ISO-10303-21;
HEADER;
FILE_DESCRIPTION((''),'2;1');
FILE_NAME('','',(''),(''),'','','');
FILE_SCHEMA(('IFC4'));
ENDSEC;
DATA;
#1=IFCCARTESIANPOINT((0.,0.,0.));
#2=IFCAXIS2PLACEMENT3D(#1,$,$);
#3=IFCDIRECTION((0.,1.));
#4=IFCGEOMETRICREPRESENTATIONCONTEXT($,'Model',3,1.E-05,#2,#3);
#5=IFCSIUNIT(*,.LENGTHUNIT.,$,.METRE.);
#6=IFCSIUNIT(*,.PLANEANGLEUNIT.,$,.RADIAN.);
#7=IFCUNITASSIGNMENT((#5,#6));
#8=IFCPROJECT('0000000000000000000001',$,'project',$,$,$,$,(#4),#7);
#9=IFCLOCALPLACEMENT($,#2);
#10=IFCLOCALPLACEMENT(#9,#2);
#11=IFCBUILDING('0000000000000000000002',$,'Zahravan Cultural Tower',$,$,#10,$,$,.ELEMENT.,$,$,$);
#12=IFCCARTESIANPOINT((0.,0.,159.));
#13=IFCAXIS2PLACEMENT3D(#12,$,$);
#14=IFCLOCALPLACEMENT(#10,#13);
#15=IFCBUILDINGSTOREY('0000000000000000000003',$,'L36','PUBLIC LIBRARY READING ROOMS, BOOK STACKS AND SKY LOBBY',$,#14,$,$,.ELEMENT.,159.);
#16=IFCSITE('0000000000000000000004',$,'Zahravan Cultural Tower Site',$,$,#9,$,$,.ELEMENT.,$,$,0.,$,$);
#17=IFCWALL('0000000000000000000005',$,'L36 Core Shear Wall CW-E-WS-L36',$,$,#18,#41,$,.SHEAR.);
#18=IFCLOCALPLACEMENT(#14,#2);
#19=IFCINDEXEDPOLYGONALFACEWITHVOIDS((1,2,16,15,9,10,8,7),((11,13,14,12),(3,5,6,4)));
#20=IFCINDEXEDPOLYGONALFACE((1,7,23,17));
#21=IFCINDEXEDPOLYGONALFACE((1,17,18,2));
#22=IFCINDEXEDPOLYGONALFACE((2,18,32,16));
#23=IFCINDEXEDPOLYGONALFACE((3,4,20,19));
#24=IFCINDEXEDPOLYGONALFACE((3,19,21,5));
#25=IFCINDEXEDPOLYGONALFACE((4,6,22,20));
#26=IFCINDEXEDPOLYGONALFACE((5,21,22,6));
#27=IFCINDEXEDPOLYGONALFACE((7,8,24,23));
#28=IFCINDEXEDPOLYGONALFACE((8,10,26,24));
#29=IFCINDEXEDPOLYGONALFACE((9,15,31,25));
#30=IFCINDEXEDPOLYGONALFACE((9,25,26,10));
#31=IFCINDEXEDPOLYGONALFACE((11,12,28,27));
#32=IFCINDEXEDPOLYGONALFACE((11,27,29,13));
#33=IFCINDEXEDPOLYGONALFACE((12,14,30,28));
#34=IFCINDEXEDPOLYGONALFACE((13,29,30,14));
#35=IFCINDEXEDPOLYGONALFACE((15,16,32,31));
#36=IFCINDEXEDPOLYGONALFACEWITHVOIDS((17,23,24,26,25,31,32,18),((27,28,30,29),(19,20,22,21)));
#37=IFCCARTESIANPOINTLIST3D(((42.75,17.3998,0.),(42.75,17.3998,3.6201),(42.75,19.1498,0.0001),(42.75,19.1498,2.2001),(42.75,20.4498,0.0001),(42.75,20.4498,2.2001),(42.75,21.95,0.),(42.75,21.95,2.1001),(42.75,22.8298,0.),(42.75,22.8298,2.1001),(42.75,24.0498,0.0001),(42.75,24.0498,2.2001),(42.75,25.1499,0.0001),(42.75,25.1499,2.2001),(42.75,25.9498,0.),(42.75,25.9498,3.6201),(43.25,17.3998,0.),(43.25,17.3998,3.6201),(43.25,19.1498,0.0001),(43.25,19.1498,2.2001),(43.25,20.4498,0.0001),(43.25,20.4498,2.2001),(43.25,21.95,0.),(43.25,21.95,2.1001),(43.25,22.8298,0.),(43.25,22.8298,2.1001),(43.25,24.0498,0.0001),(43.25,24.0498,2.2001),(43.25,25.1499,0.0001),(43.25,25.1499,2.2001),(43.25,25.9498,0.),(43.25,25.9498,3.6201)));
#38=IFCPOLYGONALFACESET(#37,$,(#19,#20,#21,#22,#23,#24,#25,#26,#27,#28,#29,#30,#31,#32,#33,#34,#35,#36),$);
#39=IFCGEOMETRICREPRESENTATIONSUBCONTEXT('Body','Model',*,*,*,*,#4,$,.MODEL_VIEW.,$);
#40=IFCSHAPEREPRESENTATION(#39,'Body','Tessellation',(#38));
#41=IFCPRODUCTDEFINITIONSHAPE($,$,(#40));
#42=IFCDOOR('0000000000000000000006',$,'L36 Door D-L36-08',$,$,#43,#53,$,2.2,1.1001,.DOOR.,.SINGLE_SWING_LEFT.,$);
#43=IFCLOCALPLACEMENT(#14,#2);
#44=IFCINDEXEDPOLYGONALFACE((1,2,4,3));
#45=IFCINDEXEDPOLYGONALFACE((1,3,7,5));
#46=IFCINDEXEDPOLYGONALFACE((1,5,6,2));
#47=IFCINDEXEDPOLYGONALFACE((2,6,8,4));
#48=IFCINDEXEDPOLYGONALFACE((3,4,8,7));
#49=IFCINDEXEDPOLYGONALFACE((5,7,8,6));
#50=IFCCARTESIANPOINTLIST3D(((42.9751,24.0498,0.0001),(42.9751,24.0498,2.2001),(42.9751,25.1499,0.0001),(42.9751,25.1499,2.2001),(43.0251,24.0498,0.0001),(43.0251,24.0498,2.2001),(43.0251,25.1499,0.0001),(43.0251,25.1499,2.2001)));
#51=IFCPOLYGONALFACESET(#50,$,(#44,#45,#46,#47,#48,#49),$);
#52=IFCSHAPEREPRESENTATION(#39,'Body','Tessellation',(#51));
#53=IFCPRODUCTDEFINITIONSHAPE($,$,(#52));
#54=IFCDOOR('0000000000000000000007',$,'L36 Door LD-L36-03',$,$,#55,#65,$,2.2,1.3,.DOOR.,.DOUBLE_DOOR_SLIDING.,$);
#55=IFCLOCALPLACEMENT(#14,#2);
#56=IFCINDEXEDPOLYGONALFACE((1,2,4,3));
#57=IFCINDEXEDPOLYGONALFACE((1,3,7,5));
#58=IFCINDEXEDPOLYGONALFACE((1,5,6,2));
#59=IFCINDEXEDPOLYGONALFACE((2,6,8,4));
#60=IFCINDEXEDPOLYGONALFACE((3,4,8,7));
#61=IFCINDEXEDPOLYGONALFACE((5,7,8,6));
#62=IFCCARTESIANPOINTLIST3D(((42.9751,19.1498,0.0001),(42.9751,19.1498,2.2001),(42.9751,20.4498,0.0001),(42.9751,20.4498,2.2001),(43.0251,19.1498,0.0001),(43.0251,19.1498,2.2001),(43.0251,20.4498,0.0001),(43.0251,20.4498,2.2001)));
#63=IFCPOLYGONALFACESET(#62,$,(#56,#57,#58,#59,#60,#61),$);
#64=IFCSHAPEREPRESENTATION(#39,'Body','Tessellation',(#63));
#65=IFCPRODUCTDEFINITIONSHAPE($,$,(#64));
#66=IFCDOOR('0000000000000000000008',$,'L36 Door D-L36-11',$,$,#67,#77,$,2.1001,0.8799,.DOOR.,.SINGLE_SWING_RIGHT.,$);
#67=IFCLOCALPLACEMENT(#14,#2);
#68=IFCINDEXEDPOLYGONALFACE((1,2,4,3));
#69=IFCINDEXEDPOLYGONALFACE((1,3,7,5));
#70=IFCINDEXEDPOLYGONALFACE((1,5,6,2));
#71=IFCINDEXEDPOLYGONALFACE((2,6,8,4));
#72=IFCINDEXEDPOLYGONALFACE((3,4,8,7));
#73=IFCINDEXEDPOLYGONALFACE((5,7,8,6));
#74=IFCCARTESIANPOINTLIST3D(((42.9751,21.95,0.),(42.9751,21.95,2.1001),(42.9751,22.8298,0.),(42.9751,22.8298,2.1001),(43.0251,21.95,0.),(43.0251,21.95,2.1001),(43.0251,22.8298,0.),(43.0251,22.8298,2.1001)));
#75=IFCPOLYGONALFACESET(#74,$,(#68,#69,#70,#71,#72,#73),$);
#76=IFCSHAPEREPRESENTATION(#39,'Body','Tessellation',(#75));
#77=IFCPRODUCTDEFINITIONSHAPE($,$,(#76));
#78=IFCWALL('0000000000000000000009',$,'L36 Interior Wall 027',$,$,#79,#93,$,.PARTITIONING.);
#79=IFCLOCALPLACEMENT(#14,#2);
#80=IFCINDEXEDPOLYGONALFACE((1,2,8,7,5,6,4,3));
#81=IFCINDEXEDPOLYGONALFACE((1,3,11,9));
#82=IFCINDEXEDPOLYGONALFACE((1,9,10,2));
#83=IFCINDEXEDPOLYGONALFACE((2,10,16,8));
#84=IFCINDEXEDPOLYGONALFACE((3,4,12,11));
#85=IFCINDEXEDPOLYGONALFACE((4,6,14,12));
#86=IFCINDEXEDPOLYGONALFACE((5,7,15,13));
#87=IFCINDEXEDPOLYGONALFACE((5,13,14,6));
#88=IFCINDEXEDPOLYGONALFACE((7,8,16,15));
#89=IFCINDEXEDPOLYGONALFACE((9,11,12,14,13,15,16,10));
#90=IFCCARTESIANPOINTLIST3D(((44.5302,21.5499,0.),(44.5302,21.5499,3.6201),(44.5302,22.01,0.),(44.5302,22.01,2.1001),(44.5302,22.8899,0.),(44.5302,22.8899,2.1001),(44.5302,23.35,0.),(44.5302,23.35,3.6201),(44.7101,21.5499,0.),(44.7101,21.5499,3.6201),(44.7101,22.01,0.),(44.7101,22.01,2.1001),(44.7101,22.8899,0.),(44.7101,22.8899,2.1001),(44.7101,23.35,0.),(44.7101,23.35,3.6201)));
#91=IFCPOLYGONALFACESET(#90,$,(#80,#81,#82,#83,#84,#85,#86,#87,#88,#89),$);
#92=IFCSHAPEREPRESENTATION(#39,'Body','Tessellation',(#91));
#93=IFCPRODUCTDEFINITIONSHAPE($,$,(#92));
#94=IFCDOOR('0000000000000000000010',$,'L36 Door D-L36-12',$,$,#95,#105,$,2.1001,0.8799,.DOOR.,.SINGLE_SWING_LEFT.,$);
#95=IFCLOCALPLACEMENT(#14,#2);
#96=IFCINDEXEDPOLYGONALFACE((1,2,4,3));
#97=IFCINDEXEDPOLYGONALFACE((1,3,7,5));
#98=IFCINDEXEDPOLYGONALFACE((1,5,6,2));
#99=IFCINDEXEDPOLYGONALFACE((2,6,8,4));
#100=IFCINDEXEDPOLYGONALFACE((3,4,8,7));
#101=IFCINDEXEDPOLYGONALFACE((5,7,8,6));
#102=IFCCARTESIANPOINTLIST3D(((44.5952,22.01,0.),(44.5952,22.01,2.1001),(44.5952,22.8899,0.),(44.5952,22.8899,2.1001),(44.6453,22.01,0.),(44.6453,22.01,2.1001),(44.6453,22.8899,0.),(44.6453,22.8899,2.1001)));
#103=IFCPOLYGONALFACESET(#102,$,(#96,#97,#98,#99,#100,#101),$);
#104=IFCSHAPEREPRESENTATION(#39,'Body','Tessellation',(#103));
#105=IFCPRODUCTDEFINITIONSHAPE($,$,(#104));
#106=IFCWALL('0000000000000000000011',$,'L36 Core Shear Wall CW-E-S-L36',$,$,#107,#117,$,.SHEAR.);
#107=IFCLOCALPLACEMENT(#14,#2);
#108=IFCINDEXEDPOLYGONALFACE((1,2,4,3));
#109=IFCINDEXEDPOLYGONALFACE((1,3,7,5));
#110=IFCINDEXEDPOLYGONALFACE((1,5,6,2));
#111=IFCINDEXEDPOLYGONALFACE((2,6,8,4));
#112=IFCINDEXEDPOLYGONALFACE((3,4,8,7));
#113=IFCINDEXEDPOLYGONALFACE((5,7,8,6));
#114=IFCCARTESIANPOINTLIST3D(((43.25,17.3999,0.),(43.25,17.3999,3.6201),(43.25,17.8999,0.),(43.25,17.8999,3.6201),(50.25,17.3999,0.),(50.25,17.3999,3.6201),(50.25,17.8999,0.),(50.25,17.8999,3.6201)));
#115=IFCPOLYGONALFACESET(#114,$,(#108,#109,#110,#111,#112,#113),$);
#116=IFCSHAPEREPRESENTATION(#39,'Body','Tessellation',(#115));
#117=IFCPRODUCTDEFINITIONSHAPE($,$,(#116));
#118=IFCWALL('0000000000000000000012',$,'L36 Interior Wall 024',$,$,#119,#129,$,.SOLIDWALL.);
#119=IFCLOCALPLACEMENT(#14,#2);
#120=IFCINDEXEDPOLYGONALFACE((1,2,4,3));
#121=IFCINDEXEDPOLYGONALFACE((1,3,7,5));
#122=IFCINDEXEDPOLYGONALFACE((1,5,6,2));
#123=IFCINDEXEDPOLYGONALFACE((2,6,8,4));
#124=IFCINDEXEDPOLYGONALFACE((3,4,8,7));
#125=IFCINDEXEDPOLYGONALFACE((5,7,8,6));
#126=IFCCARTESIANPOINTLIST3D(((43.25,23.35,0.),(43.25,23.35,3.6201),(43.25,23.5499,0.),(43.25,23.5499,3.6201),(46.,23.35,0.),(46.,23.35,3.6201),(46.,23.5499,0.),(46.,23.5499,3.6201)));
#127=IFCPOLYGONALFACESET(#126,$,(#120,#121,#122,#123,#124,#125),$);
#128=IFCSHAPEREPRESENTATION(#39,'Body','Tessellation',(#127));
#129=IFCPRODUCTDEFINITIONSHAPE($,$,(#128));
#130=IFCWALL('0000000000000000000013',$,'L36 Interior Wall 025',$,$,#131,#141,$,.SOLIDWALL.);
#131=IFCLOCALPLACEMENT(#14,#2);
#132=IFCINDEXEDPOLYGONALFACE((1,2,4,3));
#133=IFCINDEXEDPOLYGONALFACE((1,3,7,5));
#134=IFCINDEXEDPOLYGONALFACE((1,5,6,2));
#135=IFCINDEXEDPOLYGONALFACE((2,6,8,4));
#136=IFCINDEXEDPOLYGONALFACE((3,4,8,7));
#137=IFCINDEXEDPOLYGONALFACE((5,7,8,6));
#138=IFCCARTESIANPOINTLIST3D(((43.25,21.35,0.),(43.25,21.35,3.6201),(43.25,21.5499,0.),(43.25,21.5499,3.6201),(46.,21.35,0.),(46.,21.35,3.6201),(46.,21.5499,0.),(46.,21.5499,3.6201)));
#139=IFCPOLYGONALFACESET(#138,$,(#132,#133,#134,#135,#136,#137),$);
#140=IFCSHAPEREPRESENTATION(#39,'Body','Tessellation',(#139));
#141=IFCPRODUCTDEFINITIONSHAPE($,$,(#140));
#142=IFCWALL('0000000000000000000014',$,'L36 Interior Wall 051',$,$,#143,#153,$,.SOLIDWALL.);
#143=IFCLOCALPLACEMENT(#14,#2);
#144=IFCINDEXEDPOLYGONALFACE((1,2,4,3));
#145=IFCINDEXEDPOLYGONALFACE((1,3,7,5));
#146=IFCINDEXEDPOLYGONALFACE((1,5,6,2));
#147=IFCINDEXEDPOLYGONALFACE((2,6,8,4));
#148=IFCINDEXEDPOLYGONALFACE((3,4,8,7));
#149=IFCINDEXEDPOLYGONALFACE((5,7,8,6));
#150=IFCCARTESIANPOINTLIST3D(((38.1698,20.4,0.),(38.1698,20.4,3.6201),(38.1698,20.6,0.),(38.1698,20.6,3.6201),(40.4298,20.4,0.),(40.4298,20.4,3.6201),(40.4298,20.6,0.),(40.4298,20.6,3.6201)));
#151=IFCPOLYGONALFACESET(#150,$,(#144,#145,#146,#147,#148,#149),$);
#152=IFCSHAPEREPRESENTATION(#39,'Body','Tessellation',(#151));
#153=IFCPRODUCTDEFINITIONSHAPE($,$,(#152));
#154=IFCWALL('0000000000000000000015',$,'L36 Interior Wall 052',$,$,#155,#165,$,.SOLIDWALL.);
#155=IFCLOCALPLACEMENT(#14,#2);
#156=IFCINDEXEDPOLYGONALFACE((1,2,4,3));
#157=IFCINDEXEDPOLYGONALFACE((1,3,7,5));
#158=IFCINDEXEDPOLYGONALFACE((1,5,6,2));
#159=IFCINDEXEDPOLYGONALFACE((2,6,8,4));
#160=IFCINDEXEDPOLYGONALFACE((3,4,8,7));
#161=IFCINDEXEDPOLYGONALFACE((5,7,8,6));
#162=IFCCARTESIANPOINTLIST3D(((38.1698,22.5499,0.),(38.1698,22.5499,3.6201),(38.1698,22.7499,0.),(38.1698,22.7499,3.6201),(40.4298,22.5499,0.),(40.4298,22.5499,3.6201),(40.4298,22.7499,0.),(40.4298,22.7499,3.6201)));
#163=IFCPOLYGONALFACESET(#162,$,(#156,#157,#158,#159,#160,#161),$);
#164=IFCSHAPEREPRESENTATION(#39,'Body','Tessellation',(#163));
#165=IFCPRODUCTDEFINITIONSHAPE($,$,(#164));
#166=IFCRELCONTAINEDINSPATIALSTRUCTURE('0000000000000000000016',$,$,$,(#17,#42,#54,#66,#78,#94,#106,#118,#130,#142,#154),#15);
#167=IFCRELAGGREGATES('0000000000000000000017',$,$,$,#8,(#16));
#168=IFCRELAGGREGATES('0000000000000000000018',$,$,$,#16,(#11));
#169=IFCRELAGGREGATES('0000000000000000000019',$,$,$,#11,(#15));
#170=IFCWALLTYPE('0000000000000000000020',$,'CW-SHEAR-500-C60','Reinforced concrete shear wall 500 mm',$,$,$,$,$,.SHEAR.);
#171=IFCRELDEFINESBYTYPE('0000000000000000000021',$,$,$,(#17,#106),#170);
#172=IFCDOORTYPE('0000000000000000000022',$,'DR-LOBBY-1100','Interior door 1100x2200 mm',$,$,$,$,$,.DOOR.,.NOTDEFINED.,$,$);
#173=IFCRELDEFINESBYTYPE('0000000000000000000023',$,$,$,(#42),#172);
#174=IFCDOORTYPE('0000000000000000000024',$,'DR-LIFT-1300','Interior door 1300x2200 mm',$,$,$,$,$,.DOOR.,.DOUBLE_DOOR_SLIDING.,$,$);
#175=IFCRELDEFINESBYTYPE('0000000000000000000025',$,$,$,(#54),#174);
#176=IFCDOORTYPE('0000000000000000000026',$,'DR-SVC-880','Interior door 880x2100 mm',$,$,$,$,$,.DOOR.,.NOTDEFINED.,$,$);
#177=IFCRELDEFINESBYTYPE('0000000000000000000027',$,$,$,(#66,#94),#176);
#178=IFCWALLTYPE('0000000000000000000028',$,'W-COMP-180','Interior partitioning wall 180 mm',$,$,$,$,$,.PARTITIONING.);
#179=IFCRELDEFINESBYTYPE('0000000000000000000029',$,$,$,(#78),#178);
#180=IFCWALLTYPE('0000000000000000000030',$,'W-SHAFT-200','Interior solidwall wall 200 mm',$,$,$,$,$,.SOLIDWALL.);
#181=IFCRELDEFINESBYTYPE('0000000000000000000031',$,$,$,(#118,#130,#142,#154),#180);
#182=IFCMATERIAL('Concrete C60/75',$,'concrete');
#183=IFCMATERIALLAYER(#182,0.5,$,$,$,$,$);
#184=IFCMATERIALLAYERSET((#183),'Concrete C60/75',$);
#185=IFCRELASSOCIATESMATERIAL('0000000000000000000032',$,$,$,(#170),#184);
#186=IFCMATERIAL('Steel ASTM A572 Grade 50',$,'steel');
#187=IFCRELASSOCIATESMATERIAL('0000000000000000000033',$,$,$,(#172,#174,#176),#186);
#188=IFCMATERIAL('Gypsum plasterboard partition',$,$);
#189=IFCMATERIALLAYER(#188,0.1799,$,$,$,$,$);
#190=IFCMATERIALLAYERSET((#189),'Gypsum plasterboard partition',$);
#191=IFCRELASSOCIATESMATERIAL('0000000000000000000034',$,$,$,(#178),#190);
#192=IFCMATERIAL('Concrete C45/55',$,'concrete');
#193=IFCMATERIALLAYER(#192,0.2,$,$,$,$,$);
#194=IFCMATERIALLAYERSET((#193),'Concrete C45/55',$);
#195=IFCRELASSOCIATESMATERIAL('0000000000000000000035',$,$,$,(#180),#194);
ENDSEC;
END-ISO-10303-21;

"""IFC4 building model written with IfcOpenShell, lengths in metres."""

from ifc_helpers import new_model, si_unit, direction, frame, frame_2d, origin, place, context, subcontext, project, spatial, rectangle, extrude, source, transform, mapped, material, layer, layer_set, type_object, element, fill, save


model = new_model("IFC4")

# Units and contexts
model_context = context("Model", 3, precision=1e-05, world=origin(), true_north=direction((0.0, 1.0)))
body_context = subcontext(model_context, "Body", "Model", "MODEL_VIEW")
ifc_project = project(units=[si_unit("LENGTHUNIT", "METRE"), si_unit("PLANEANGLEUNIT", "RADIAN")], contexts=[model_context])

# Site, building, storey
site_placement = place(None, origin())
site = spatial("IfcSite", under=ifc_project, at=site_placement, Name="Zahravan Cultural Tower Site", CompositionType="ELEMENT", RefElevation=0.0)
building_placement = place(site_placement, origin())
building = spatial("IfcBuilding", under=site, at=building_placement, Name="Zahravan Cultural Tower", CompositionType="ELEMENT")
storey_placement = place(building_placement, frame((0.0, 0.0, 159.0)))
storey = spatial("IfcBuildingStorey", under=building, at=storey_placement, Name="L36", Description="PUBLIC LIBRARY READING ROOMS, BOOK STACKS AND SKY LOBBY", CompositionType="ELEMENT", Elevation=159.0)

# Wall, openings, doors
ifc_material_1 = material(Name="Concrete C60/75", Category="concrete")
ifc_layer_1 = layer(ifc_material_1, 0.5)
ifc_layer_set_1 = layer_set([ifc_layer_1], Name="Concrete C60/75")
wall_type_1 = type_object("IfcWallType", Name="CW-SHEAR-500-C60", Description="Reinforced concrete shear wall 500 mm", PredefinedType="SHEAR", material=ifc_layer_set_1)
wall_1_placement = place(storey_placement, frame((43.0, 17.3999, 0.0), z_axis=(0.0, 0.0, 1.0), x_axis=(0.0, 1.0, 0.0)))
wall_1 = element("IfcWall", 1, at=wall_1_placement, inside=storey, type_object=wall_type_1, Name="L36 Core Shear Wall CW-E-WS-L36", PredefinedType="SHEAR", context=body_context, shape_type="SweptSolid", body=[
    extrude(rectangle(XDim=8.55, YDim=0.5, at=frame_2d((4.2749, 0.0))), origin(), (0.0, 0.0, 1.0), 3.6201),
])
opening_1_placement = place(wall_1_placement, frame((6.6499, 0.0, 0.0)))
opening_1 = element("IfcOpeningElement", 2, at=opening_1_placement, cuts=wall_1, PredefinedType="OPENING", context=body_context, shape_type="SweptSolid", body=[
    extrude(rectangle(XDim=1.1001, YDim=2.2, at=frame_2d((0.55, 1.1001))), frame((0.0, 0.26, 0.0), z_axis=(0.0, -1.0, 0.0), x_axis=(1.0, 0.0, 0.0)), (0.0, 0.0, 1.0), 0.52),
])
opening_2_placement = place(wall_1_placement, frame((1.75, 0.0, 0.0)))
opening_2 = element("IfcOpeningElement", 3, at=opening_2_placement, cuts=wall_1, PredefinedType="OPENING", context=body_context, shape_type="SweptSolid", body=[
    extrude(rectangle(XDim=1.3, YDim=2.2, at=frame_2d((0.6499, 1.1001))), frame((0.0, 0.26, 0.0), z_axis=(0.0, -1.0, 0.0), x_axis=(1.0, 0.0, 0.0)), (0.0, 0.0, 1.0), 0.52),
])
opening_3_placement = place(wall_1_placement, frame((4.55, 0.0, 0.0)))
opening_3 = element("IfcOpeningElement", 4, at=opening_3_placement, cuts=wall_1, PredefinedType="OPENING", context=body_context, shape_type="SweptSolid", body=[
    extrude(rectangle(XDim=0.8799, YDim=2.1001, at=frame_2d((0.4399, 1.05))), frame((0.0, 0.26, 0.0), z_axis=(0.0, -1.0, 0.0), x_axis=(1.0, 0.0, 0.0)), (0.0, 0.0, 1.0), 0.52),
])
ifc_material_2 = material(Name="Steel ASTM A572 Grade 50", Category="steel")
door_type_1 = type_object("IfcDoorType", Name="DR-LOBBY-1100", Description="Interior door 1100x2200 mm", OperationType="NOTDEFINED", PredefinedType="DOOR", material=ifc_material_2)
shared_shape_1 = source(origin(), body_context, "Body", "SweptSolid", [
    extrude(rectangle(XDim=1.1001, YDim=2.2, at=frame_2d((0.55, 1.1001))), frame((0.0, 0.0249, 0.0), z_axis=(0.0, -1.0, 0.0), x_axis=(1.0, 0.0, 0.0)), (0.0, 0.0, 1.0), 0.05),
])
door_1_placement = place(opening_1_placement, origin())
door_1 = element("IfcDoor", 5, at=door_1_placement, inside=storey, type_object=door_type_1, Name="L36 Door D-L36-08", OperationType="SINGLE_SWING_LEFT", OverallHeight=2.2, OverallWidth=1.1001, PredefinedType="DOOR", context=body_context, shape_type="MappedRepresentation", body=[
    mapped(shared_shape_1, transform((0.0, 0.0, 0.0), x_axis=(1.0, 0.0, 0.0), y_axis=(0.0, 1.0, 0.0), z_axis=(0.0, 0.0, 1.0), scale=1.0)),
])
fill(opening_1, door_1)
door_type_2 = type_object("IfcDoorType", Name="DR-LIFT-1300", Description="Interior door 1300x2200 mm", OperationType="DOUBLE_DOOR_SLIDING", PredefinedType="DOOR", material=ifc_material_2)
shared_shape_2 = source(origin(), body_context, "Body", "SweptSolid", [
    extrude(rectangle(XDim=1.3, YDim=2.2, at=frame_2d((0.6499, 1.1001))), frame((0.0, 0.0249, 0.0), z_axis=(0.0, -1.0, 0.0), x_axis=(1.0, 0.0, 0.0)), (0.0, 0.0, 1.0), 0.05),
])
door_2_placement = place(opening_2_placement, origin())
door_2 = element("IfcDoor", 6, at=door_2_placement, inside=storey, type_object=door_type_2, Name="L36 Door LD-L36-03", OperationType="DOUBLE_DOOR_SLIDING", OverallHeight=2.2, OverallWidth=1.3, PredefinedType="DOOR", context=body_context, shape_type="MappedRepresentation", body=[
    mapped(shared_shape_2, transform((0.0, 0.0, 0.0), x_axis=(1.0, 0.0, 0.0), y_axis=(0.0, 1.0, 0.0), z_axis=(0.0, 0.0, 1.0), scale=1.0)),
])
fill(opening_2, door_2)
door_type_3 = type_object("IfcDoorType", Name="DR-SVC-880", Description="Interior door 880x2100 mm", OperationType="NOTDEFINED", PredefinedType="DOOR", material=ifc_material_2)
shared_shape_3 = source(origin(), body_context, "Body", "SweptSolid", [
    extrude(rectangle(XDim=0.8799, YDim=2.1001, at=frame_2d((0.4399, 1.05))), frame((0.0, 0.0249, 0.0), z_axis=(0.0, -1.0, 0.0), x_axis=(1.0, 0.0, 0.0)), (0.0, 0.0, 1.0), 0.05),
])
door_3_placement = place(opening_3_placement, origin())
door_3 = element("IfcDoor", 7, at=door_3_placement, inside=storey, type_object=door_type_3, Name="L36 Door D-L36-11", OperationType="SINGLE_SWING_RIGHT", OverallHeight=2.1001, OverallWidth=0.8799, PredefinedType="DOOR", context=body_context, shape_type="MappedRepresentation", body=[
    mapped(shared_shape_3, transform((0.0, 0.0, 0.0), x_axis=(1.0, 0.0, 0.0), y_axis=(0.0, 1.0, 0.0), z_axis=(0.0, 0.0, 1.0), scale=1.0)),
])
fill(opening_3, door_3)

# Wall, opening, door
ifc_material_3 = material(Name="Gypsum plasterboard partition")
ifc_layer_2 = layer(ifc_material_3, 0.1799)
ifc_layer_set_2 = layer_set([ifc_layer_2], Name="Gypsum plasterboard partition")
wall_type_2 = type_object("IfcWallType", Name="W-COMP-180", Description="Interior partitioning wall 180 mm", PredefinedType="PARTITIONING", material=ifc_layer_set_2)
wall_2_placement = place(storey_placement, frame((44.6201, 21.55, 0.0), z_axis=(0.0, 0.0, 1.0), x_axis=(0.0, 1.0, 0.0)))
wall_2 = element("IfcWall", 8, at=wall_2_placement, inside=storey, type_object=wall_type_2, Name="L36 Interior Wall 027", PredefinedType="PARTITIONING", context=body_context, shape_type="SweptSolid", body=[
    extrude(rectangle(XDim=1.8, YDim=0.1799, at=frame_2d((0.8999, 0.0))), origin(), (0.0, 0.0, 1.0), 3.6201),
])
opening_4_placement = place(wall_2_placement, frame((0.46, 0.0, 0.0)))
opening_4 = element("IfcOpeningElement", 9, at=opening_4_placement, cuts=wall_2, PredefinedType="OPENING", context=body_context, shape_type="SweptSolid", body=[
    extrude(rectangle(XDim=0.8799, YDim=2.1001, at=frame_2d((0.4399, 1.05))), frame((0.0, 0.0999, 0.0), z_axis=(0.0, -1.0, 0.0), x_axis=(1.0, 0.0, 0.0)), (0.0, 0.0, 1.0), 0.2),
])
door_4_placement = place(opening_4_placement, origin())
door_4 = element("IfcDoor", 10, at=door_4_placement, inside=storey, type_object=door_type_3, Name="L36 Door D-L36-12", OperationType="SINGLE_SWING_LEFT", OverallHeight=2.1001, OverallWidth=0.8799, PredefinedType="DOOR", context=body_context, shape_type="MappedRepresentation", body=[
    mapped(shared_shape_3, transform((0.0, 0.0, 0.0), x_axis=(1.0, 0.0, 0.0), y_axis=(0.0, 1.0, 0.0), z_axis=(0.0, 0.0, 1.0), scale=1.0)),
])
fill(opening_4, door_4)
ifc_material_4 = material(Name="Concrete C45/55", Category="concrete")
ifc_layer_3 = layer(ifc_material_4, 0.2)
ifc_layer_set_3 = layer_set([ifc_layer_3], Name="Concrete C45/55")
wall_type_3 = type_object("IfcWallType", Name="W-SHAFT-200", Description="Interior solidwall wall 200 mm", PredefinedType="SOLIDWALL", material=ifc_layer_set_3)

# Walls
shared_shape_4 = source(origin(), body_context, "Body", "SweptSolid", [
    extrude(rectangle(XDim=7.0, YDim=0.5, at=frame_2d((3.5, 0.0))), origin(), (0.0, 0.0, 1.0), 3.6201),
])
wall_3_placement = place(storey_placement, frame((43.25, 17.6499, 0.0), z_axis=(0.0, 0.0, 1.0), x_axis=(1.0, 0.0, 0.0)))
element("IfcWall", 11, at=wall_3_placement, inside=storey, type_object=wall_type_1, Name="L36 Core Shear Wall CW-E-S-L36", PredefinedType="SHEAR", context=body_context, shape_type="MappedRepresentation", body=[
    mapped(shared_shape_4, transform((0.0, 0.0, 0.0), x_axis=(1.0, 0.0, 0.0), y_axis=(0.0, 1.0, 0.0), z_axis=(0.0, 0.0, 1.0), scale=1.0)),
])
shared_shape_5 = source(origin(), body_context, "Body", "SweptSolid", [
    extrude(rectangle(XDim=2.75, YDim=0.2, at=frame_2d((1.375, 0.0))), origin(), (0.0, 0.0, 1.0), 3.6201),
])
for number, where, z_axis, x_axis, name in (
    (12, (43.25, 23.45, 0.0), (0.0, 0.0, 1.0), (1.0, 0.0, 0.0), "L36 Interior Wall 024"),
    (13, (43.25, 21.45, 0.0), (0.0, 0.0, 1.0), (1.0, 0.0, 0.0), "L36 Interior Wall 025"),
):
    element("IfcWall", number, at=place(storey_placement, frame(where, z_axis=z_axis, x_axis=x_axis)), inside=storey, type_object=wall_type_3, Name=name, PredefinedType="SOLIDWALL", context=body_context, shape_type="MappedRepresentation", body=[
        mapped(shared_shape_5, transform((0.0, 0.0, 0.0), x_axis=(1.0, 0.0, 0.0), y_axis=(0.0, 1.0, 0.0), z_axis=(0.0, 0.0, 1.0), scale=1.0)),
    ])
shared_shape_6 = source(origin(), body_context, "Body", "SweptSolid", [
    extrude(rectangle(XDim=2.26, YDim=0.2, at=frame_2d((1.1299, 0.0))), origin(), (0.0, 0.0, 1.0), 3.6201),
])
for number, where, z_axis, x_axis, name in (
    (14, (38.1699, 20.5, 0.0), (0.0, 0.0, 1.0), (1.0, 0.0, 0.0), "L36 Interior Wall 051"),
    (15, (38.1699, 22.6499, 0.0), (0.0, 0.0, 1.0), (1.0, 0.0, 0.0), "L36 Interior Wall 052"),
):
    element("IfcWall", number, at=place(storey_placement, frame(where, z_axis=z_axis, x_axis=x_axis)), inside=storey, type_object=wall_type_3, Name=name, PredefinedType="SOLIDWALL", context=body_context, shape_type="MappedRepresentation", body=[
        mapped(shared_shape_6, transform((0.0, 0.0, 0.0), x_axis=(1.0, 0.0, 0.0), y_axis=(0.0, 1.0, 0.0), z_axis=(0.0, 0.0, 1.0), scale=1.0)),
    ])

save(model, "model.ifc")
